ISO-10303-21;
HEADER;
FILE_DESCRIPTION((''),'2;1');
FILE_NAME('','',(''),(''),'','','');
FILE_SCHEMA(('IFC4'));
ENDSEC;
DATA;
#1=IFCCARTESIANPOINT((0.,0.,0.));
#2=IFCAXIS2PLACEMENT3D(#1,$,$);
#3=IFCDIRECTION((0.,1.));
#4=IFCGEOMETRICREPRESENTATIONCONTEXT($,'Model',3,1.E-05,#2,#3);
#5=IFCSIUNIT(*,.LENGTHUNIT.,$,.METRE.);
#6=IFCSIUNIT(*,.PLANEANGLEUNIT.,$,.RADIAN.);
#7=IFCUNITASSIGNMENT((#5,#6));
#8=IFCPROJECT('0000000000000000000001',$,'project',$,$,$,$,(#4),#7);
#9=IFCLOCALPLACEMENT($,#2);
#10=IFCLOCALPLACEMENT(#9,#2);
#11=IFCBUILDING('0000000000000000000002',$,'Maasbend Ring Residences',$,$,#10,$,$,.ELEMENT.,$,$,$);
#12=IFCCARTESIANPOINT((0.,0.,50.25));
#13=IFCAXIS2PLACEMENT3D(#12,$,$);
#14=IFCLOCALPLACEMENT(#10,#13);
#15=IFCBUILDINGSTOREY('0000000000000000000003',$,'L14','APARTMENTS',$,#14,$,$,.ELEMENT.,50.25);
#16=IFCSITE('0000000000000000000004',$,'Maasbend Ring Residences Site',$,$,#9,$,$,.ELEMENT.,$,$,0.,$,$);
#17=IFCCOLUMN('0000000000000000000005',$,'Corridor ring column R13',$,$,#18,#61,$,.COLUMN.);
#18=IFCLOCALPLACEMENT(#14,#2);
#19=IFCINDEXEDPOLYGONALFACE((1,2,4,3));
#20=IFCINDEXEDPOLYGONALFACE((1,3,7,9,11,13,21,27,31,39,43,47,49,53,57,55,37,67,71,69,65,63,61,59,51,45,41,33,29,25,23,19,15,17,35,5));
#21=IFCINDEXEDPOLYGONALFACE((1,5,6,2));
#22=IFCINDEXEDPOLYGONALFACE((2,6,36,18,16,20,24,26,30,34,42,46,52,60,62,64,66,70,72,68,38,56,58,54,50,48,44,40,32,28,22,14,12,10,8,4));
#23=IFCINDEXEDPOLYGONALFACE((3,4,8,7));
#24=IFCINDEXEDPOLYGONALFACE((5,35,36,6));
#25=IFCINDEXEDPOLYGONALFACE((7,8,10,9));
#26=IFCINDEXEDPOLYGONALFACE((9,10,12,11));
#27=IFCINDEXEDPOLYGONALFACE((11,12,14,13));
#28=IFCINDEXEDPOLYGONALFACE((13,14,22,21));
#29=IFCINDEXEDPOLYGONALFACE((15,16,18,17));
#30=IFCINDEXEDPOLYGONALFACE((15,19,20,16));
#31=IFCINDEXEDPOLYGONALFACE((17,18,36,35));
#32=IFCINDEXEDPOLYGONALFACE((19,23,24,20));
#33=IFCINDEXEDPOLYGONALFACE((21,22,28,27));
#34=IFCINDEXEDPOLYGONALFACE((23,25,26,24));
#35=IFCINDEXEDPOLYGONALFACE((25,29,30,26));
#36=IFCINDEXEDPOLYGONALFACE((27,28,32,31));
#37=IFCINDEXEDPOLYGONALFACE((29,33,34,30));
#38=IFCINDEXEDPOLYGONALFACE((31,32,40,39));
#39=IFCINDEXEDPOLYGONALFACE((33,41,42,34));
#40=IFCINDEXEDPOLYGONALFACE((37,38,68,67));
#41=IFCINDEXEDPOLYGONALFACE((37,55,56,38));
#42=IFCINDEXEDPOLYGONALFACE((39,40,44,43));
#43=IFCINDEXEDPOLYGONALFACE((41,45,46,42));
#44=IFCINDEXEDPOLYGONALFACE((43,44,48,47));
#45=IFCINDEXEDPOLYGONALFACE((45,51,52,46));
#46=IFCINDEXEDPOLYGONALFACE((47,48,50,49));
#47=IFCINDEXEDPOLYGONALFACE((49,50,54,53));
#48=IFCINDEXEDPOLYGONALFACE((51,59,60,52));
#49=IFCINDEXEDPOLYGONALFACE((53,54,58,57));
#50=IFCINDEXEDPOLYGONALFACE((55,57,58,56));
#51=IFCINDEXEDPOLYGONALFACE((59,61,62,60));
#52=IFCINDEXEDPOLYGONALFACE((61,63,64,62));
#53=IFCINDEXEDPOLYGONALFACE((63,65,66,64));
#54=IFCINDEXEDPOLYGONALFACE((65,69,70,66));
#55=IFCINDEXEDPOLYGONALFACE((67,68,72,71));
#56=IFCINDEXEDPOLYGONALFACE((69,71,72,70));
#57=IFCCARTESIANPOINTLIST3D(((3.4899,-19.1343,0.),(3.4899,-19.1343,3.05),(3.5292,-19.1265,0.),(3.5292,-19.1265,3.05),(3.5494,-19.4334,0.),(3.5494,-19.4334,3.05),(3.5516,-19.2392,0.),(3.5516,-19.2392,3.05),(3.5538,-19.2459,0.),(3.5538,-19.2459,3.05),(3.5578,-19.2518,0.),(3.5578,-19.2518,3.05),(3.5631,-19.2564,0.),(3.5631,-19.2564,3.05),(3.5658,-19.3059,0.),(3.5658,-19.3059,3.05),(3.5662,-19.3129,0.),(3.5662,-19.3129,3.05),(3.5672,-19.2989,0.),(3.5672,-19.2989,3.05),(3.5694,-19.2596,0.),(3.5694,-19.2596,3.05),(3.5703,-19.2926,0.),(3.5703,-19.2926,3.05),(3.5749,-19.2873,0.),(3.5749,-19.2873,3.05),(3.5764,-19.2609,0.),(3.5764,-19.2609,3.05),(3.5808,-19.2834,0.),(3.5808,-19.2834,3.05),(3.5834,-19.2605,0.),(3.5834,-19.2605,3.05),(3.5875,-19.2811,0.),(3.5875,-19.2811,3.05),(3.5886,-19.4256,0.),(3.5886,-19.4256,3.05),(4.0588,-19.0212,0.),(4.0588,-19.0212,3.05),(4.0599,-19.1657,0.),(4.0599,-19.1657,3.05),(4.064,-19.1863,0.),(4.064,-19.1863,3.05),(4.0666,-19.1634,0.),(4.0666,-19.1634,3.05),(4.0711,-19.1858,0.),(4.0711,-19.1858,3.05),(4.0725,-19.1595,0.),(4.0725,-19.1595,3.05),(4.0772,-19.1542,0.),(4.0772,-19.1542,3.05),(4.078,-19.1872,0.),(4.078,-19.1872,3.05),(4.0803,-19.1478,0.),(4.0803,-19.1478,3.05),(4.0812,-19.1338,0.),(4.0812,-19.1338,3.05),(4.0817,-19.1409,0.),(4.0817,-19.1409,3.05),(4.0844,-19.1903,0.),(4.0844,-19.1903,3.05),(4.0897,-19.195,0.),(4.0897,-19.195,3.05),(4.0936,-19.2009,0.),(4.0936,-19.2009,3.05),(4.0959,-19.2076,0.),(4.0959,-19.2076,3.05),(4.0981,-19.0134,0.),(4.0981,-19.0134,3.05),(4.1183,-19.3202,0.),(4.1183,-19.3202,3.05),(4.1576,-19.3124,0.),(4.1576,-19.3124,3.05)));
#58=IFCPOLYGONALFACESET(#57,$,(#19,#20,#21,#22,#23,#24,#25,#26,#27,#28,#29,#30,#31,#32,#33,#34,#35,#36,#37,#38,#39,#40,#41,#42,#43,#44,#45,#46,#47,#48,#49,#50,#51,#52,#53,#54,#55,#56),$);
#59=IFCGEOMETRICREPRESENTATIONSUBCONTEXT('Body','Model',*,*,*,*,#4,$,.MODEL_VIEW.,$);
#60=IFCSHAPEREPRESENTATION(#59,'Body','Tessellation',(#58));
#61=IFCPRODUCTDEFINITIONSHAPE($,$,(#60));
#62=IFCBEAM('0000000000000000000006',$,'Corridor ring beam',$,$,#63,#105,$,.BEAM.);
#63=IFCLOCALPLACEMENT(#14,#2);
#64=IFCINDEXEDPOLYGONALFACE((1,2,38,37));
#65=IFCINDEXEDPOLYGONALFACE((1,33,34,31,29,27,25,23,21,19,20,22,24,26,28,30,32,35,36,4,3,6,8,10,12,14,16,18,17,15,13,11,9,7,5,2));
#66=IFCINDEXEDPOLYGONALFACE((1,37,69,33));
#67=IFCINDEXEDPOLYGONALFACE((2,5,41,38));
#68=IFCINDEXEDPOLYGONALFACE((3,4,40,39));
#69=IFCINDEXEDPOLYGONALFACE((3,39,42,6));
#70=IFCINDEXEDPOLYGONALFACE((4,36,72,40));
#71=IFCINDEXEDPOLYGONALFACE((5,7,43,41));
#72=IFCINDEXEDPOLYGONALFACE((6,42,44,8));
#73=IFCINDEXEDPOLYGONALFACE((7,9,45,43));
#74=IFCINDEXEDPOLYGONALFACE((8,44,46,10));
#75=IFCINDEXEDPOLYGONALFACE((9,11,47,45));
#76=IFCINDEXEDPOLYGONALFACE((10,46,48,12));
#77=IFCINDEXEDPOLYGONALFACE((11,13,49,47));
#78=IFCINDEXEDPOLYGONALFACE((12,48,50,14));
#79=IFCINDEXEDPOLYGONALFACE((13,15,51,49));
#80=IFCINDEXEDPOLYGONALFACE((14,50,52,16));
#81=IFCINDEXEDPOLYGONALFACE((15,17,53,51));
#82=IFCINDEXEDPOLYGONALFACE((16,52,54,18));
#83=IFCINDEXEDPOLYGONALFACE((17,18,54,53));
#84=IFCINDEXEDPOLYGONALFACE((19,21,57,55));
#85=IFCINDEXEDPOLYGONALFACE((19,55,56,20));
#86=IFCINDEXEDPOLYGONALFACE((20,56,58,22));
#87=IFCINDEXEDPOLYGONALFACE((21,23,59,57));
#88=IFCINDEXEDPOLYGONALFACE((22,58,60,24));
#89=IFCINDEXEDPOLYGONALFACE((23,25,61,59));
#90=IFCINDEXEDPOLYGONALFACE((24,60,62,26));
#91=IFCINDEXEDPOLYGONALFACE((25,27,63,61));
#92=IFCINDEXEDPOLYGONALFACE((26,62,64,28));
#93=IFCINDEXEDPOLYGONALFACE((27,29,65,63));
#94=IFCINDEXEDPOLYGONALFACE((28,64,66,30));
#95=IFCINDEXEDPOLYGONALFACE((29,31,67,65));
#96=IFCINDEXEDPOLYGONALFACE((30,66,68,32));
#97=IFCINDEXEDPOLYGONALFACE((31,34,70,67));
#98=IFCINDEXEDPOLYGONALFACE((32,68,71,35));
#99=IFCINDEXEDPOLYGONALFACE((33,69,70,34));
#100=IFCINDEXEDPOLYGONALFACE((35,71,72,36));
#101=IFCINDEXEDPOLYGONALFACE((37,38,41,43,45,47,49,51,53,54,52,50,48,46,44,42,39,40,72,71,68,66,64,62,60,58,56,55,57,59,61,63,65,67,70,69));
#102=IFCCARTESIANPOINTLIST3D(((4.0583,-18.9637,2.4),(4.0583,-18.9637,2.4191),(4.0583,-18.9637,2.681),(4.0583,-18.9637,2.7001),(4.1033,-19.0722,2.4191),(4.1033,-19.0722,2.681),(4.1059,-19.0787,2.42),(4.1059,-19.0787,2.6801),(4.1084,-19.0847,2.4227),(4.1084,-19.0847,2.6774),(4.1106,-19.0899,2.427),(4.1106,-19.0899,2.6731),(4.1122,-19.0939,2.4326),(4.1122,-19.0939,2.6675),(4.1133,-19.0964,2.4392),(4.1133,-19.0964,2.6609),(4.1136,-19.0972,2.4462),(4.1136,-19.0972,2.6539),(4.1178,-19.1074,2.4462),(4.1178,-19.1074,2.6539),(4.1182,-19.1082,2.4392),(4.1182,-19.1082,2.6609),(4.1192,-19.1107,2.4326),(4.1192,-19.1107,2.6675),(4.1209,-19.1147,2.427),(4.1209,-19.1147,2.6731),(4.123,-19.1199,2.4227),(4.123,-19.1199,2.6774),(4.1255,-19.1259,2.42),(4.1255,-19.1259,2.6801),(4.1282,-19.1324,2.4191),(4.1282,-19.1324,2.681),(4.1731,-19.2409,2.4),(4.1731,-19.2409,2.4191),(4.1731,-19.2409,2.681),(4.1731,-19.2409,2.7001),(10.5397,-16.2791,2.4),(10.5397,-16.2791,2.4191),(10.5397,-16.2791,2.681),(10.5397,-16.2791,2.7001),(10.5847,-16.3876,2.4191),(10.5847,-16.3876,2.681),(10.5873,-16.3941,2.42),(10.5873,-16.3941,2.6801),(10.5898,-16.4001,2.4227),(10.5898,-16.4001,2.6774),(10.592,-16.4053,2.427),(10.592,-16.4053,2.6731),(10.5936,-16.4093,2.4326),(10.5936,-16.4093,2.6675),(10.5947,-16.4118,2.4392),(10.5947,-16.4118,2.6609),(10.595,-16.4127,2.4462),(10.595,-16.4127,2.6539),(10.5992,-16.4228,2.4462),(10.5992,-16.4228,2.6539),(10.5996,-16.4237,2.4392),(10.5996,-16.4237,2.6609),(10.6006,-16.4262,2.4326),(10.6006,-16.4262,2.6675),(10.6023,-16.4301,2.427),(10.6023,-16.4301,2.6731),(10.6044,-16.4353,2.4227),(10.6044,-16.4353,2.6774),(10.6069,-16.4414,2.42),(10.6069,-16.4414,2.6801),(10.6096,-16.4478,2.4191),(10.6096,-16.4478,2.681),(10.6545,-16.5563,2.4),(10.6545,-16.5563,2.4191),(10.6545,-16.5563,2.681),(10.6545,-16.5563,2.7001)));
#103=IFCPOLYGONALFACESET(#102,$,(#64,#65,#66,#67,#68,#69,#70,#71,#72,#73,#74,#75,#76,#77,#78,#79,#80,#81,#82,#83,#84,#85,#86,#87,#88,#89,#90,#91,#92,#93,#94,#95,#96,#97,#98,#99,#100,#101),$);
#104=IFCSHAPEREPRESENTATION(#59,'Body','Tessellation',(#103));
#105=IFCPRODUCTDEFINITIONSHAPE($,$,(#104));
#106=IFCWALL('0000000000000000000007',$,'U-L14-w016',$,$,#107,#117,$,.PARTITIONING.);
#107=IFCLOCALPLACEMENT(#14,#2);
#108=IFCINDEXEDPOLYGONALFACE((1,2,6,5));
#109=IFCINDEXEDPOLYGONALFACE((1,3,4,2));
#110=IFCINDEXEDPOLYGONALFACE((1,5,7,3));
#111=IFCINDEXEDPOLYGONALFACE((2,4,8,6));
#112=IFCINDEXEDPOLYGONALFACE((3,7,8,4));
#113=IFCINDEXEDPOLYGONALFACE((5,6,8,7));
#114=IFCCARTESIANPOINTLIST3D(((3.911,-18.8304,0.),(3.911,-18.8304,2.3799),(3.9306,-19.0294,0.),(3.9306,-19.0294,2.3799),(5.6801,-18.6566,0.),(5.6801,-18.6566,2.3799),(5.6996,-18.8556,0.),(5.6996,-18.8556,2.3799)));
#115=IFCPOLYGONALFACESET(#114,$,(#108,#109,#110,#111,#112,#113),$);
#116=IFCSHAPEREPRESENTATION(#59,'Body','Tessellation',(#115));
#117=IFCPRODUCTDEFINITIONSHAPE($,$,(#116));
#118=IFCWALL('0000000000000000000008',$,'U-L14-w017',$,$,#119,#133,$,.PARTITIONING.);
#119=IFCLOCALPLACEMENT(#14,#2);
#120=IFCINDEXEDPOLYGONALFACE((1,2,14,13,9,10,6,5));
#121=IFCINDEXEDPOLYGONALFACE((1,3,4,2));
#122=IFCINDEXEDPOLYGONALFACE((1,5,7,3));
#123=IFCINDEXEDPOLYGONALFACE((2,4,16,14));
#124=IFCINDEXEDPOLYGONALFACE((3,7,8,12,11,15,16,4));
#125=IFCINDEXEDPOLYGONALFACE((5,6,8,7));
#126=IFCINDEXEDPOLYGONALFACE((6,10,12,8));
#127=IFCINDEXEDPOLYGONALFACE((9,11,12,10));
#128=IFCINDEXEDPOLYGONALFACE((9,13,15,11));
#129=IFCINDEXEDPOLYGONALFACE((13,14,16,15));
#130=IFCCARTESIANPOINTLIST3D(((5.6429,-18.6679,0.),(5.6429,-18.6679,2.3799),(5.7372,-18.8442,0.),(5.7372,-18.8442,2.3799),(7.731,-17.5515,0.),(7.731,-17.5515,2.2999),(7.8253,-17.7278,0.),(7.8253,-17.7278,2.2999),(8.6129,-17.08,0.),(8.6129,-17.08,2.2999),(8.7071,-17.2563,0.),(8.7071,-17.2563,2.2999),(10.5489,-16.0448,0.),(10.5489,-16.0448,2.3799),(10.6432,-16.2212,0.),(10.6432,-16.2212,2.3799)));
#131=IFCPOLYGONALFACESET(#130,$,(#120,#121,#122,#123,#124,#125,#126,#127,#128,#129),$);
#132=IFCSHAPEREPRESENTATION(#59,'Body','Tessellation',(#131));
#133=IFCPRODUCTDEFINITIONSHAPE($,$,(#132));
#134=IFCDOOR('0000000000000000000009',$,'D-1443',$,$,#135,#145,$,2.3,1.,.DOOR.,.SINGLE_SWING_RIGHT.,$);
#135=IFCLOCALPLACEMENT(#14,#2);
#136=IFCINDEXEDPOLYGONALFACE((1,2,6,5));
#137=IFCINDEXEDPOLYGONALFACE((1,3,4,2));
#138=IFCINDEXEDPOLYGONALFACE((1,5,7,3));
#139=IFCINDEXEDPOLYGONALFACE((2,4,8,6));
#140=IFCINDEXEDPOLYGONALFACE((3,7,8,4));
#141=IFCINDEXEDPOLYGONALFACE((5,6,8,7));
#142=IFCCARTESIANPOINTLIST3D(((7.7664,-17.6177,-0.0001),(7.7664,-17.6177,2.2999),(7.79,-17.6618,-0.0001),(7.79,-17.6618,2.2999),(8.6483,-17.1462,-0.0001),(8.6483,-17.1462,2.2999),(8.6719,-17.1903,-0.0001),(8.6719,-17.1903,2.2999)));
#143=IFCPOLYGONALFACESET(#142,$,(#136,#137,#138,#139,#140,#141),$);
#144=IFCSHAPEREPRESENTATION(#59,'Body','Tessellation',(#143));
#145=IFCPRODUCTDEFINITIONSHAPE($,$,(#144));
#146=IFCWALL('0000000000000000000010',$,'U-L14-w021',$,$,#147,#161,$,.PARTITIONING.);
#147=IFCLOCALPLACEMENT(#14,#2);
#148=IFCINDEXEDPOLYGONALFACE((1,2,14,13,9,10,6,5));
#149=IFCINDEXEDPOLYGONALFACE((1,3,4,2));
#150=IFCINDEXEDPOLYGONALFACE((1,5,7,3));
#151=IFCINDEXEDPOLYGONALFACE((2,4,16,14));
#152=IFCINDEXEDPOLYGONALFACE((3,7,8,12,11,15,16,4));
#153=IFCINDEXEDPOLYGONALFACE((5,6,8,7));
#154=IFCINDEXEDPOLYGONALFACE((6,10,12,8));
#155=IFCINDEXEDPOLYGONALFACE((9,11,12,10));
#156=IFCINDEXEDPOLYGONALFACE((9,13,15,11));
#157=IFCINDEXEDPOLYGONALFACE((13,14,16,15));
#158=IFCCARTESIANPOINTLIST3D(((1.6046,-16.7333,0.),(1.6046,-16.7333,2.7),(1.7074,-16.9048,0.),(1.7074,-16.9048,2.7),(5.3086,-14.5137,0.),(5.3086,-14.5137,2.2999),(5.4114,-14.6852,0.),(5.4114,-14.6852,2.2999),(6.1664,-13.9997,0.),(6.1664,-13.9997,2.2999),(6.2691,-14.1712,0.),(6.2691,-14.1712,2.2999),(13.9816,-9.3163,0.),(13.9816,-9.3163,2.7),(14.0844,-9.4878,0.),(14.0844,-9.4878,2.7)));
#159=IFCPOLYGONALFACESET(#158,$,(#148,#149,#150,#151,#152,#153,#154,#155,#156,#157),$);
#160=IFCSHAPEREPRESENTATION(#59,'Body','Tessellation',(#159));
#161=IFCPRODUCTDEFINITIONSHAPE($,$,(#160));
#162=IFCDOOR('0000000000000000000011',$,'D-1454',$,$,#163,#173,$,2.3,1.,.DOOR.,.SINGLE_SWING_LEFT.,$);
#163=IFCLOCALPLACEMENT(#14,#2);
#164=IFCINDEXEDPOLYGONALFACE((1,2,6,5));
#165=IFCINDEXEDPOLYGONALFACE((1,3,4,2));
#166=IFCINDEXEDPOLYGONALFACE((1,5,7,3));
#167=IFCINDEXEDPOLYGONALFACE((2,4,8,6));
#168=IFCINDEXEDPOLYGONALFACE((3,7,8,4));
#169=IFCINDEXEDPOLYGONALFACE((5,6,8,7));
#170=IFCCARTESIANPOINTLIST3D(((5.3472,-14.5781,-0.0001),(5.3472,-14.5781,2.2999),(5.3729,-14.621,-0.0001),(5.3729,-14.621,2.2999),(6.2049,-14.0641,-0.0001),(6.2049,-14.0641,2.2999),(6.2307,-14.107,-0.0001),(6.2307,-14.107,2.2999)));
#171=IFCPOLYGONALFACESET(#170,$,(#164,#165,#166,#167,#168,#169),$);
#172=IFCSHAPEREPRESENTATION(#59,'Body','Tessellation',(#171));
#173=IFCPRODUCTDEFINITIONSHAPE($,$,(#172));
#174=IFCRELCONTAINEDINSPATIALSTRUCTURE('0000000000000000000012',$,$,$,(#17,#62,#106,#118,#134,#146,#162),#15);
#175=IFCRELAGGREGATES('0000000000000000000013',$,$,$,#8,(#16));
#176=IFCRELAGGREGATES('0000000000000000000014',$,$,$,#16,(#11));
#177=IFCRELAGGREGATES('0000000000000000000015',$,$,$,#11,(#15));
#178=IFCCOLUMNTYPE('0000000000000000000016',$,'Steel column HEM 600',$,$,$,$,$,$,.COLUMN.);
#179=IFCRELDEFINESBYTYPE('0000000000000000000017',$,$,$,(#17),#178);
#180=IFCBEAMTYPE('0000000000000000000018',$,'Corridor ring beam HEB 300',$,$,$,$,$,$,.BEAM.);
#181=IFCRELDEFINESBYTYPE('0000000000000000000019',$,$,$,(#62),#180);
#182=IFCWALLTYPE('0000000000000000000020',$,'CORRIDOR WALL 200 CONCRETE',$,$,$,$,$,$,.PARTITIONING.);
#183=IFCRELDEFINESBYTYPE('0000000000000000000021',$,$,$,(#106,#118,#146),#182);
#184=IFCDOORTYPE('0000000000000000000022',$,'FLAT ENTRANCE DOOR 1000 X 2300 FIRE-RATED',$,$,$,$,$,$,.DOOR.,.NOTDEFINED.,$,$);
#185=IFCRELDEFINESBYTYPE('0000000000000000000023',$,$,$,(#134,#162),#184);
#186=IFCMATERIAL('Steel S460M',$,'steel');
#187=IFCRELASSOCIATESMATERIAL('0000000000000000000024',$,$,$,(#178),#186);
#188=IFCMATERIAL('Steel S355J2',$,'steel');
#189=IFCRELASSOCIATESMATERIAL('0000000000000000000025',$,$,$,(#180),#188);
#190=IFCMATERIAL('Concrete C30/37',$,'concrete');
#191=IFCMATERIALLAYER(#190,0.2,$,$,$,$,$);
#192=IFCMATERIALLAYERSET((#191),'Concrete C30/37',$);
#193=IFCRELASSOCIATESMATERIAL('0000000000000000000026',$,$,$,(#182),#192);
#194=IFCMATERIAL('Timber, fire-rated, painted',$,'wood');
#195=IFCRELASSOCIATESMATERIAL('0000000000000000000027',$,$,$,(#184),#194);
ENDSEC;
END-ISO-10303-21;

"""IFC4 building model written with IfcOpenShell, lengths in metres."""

from ifc_helpers import new_model, si_unit, direction, frame, frame_2d, origin, origin_2d, place, context, subcontext, project, spatial, rectangle, i_section, extrude, material, layer, layer_set, material_profile, profile_set, type_object, element, fill, save


model = new_model("IFC4")

# Units and contexts
model_context = context("Model", 3, precision=1e-05, world=origin(), true_north=direction((0.0, 1.0)))
body_context = subcontext(model_context, "Body", "Model", "MODEL_VIEW")
ifc_project = project(units=[si_unit("LENGTHUNIT", "METRE"), si_unit("PLANEANGLEUNIT", "RADIAN")], contexts=[model_context])

# Site, building, storey
site_placement = place(None, origin())
site = spatial("IfcSite", under=ifc_project, at=site_placement, Name="Maasbend Ring Residences Site", CompositionType="ELEMENT", RefElevation=0.0)
building_placement = place(site_placement, origin())
building = spatial("IfcBuilding", under=site, at=building_placement, Name="Maasbend Ring Residences", CompositionType="ELEMENT")
storey_placement = place(building_placement, frame((0.0, 0.0, 50.25)))
storey = spatial("IfcBuildingStorey", under=building, at=storey_placement, Name="L14", Description="APARTMENTS", CompositionType="ELEMENT", Elevation=50.25)

# Column
ifc_material_1 = material(Name="Steel S460M", Category="steel")
ifc_material_profile_1 = material_profile(ifc_material_1, i_section(OverallWidth=0.3049, OverallDepth=0.6201, WebThickness=0.021, FlangeThickness=0.04, FilletRadius=0.0271, at=origin_2d()), Name="HEM 600")
ifc_profile_set_1 = profile_set([ifc_material_profile_1], Name="Steel S460M")
column_type = type_object("IfcColumnType", Name="Steel column HEM 600", PredefinedType="COLUMN", material=ifc_profile_set_1)
column_placement = place(storey_placement, frame((3.8237, -19.2234, 0.0), z_axis=(0.0, 0.0, 1.0), x_axis=(0.19509, -0.980785, 0.0)))
element("IfcColumn", 1, at=column_placement, inside=storey, type_object=column_type, Name="Corridor ring column R13", PredefinedType="COLUMN", context=body_context, shape_type="SweptSolid", body=[
    extrude(i_section(OverallWidth=0.3049, OverallDepth=0.6201, WebThickness=0.021, FlangeThickness=0.04, FilletRadius=0.0271, at=origin_2d()), origin(), (0.0, 0.0, 1.0), 3.05),
])

# Beam
ifc_material_2 = material(Name="Steel S355J2", Category="steel")
ifc_material_profile_2 = material_profile(ifc_material_2, i_section(OverallWidth=0.3, OverallDepth=0.3, WebThickness=0.011, FlangeThickness=0.019, FilletRadius=0.0271, at=origin_2d()), Name="HEB 300")
ifc_profile_set_2 = profile_set([ifc_material_profile_2], Name="Steel S355J2")
beam_type = type_object("IfcBeamType", Name="Corridor ring beam HEB 300", PredefinedType="BEAM", material=ifc_profile_set_2)
beam_placement = place(storey_placement, frame((4.1157, -19.1023, 2.55), z_axis=(0.923886, 0.382667, 0.0), x_axis=(-0.382667, 0.923886, 0.0)))
element("IfcBeam", 2, at=beam_placement, inside=storey, type_object=beam_type, Name="Corridor ring beam", PredefinedType="BEAM", context=body_context, shape_type="SweptSolid", body=[
    extrude(i_section(OverallWidth=0.3, OverallDepth=0.3, WebThickness=0.011, FlangeThickness=0.019, FilletRadius=0.0271, at=origin_2d()), origin(), (0.0, 0.0, 1.0), 7.0154),
])

# Wall
ifc_material_3 = material(Name="Concrete C30/37", Category="concrete")
ifc_layer_1 = layer(ifc_material_3, 0.2)
ifc_layer_set_1 = layer_set([ifc_layer_1], Name="Concrete C30/37")
wall_type_1 = type_object("IfcWallType", Name="CORRIDOR WALL 200 CONCRETE", PredefinedType="PARTITIONING", material=ifc_layer_set_1)
wall_1_placement = place(storey_placement, frame((3.9209, -18.9299, 0.0), z_axis=(0.0, 0.0, 1.0), x_axis=(0.995207, 0.09779, 0.0)))
element("IfcWall", 3, at=wall_1_placement, inside=storey, type_object=wall_type_1, Name="U-L14-w016", PredefinedType="PARTITIONING", context=body_context, shape_type="SweptSolid", body=[
    extrude(rectangle(XDim=1.7776, YDim=0.2, at=frame_2d((0.8887, 0.0))), origin(), (0.0, 0.0, 1.0), 2.3799),
])

# Walls, openings, doors
wall_2_placement = place(storey_placement, frame((5.6899, -18.7561, 0.0), z_axis=(0.0, 0.0, 1.0), x_axis=(0.881867, 0.471499, 0.0)))
wall_2 = element("IfcWall", 4, at=wall_2_placement, inside=storey, type_object=wall_type_1, Name="U-L14-w017", PredefinedType="PARTITIONING", context=body_context, shape_type="SweptSolid", body=[
    extrude(rectangle(XDim=5.5632, YDim=0.2, at=frame_2d((2.7817, 0.0))), origin(), (0.0, 0.0, 1.0), 2.3799),
])
opening_1_placement = place(wall_2_placement, frame((2.3679, 0.0, 0.0)))
opening_1 = element("IfcOpeningElement", 5, at=opening_1_placement, cuts=wall_2, PredefinedType="OPENING", context=body_context, shape_type="SweptSolid", body=[
    extrude(rectangle(XDim=1.0, YDim=2.3, at=frame_2d((0.5, 1.1499))), frame((0.0, 0.1099, 0.0), z_axis=(0.0, -1.0, 0.0), x_axis=(1.0, 0.0, 0.0)), (0.0, 0.0, 1.0), 0.22),
])
ifc_material_4 = material(Name="Timber, fire-rated, painted", Category="wood")
door_type_1 = type_object("IfcDoorType", Name="FLAT ENTRANCE DOOR 1000 X 2300 FIRE-RATED", OperationType="NOTDEFINED", PredefinedType="DOOR", material=ifc_material_4)
door_1_placement = place(opening_1_placement, origin())
door_1 = element("IfcDoor", 6, at=door_1_placement, inside=storey, type_object=door_type_1, Name="D-1443", OperationType="SINGLE_SWING_RIGHT", OverallHeight=2.3, OverallWidth=1.0, PredefinedType="DOOR", context=body_context, shape_type="SweptSolid", body=[
    extrude(rectangle(XDim=1.0, YDim=2.3, at=frame_2d((0.5, 1.1499))), frame((0.0, 0.0249, 0.0), z_axis=(0.0, -1.0, 0.0), x_axis=(1.0, 0.0, 0.0)), (0.0, 0.0, 1.0), 0.05),
])
fill(opening_1, door_1)
wall_3_placement = place(storey_placement, frame((1.656, -16.8191, 0.0), z_axis=(0.0, 0.0, 1.0), x_axis=(0.857773, 0.514028, 0.0)))
wall_3 = element("IfcWall", 7, at=wall_3_placement, inside=storey, type_object=wall_type_1, Name="U-L14-w021", PredefinedType="PARTITIONING", context=body_context, shape_type="SweptSolid", body=[
    extrude(rectangle(XDim=14.4292, YDim=0.2, at=frame_2d((7.2146, 0.0))), origin(), (0.0, 0.0, 1.0), 2.7),
])
opening_2_placement = place(wall_3_placement, frame((4.3181, 0.0, 0.0)))
opening_2 = element("IfcOpeningElement", 8, at=opening_2_placement, cuts=wall_3, PredefinedType="OPENING", context=body_context, shape_type="SweptSolid", body=[
    extrude(rectangle(XDim=1.0, YDim=2.3, at=frame_2d((0.5, 1.1499))), frame((0.0, 0.1099, 0.0), z_axis=(0.0, -1.0, 0.0), x_axis=(1.0, 0.0, 0.0)), (0.0, 0.0, 1.0), 0.22),
])
door_2_placement = place(opening_2_placement, origin())
door_2 = element("IfcDoor", 9, at=door_2_placement, inside=storey, type_object=door_type_1, Name="D-1454", OperationType="SINGLE_SWING_LEFT", OverallHeight=2.3, OverallWidth=1.0, PredefinedType="DOOR", context=body_context, shape_type="SweptSolid", body=[
    extrude(rectangle(XDim=1.0, YDim=2.3, at=frame_2d((0.5, 1.1499))), frame((0.0, 0.0249, 0.0), z_axis=(0.0, -1.0, 0.0), x_axis=(1.0, 0.0, 0.0)), (0.0, 0.0, 1.0), 0.05),
])
fill(opening_2, door_2)

save(model, "model.ifc")
